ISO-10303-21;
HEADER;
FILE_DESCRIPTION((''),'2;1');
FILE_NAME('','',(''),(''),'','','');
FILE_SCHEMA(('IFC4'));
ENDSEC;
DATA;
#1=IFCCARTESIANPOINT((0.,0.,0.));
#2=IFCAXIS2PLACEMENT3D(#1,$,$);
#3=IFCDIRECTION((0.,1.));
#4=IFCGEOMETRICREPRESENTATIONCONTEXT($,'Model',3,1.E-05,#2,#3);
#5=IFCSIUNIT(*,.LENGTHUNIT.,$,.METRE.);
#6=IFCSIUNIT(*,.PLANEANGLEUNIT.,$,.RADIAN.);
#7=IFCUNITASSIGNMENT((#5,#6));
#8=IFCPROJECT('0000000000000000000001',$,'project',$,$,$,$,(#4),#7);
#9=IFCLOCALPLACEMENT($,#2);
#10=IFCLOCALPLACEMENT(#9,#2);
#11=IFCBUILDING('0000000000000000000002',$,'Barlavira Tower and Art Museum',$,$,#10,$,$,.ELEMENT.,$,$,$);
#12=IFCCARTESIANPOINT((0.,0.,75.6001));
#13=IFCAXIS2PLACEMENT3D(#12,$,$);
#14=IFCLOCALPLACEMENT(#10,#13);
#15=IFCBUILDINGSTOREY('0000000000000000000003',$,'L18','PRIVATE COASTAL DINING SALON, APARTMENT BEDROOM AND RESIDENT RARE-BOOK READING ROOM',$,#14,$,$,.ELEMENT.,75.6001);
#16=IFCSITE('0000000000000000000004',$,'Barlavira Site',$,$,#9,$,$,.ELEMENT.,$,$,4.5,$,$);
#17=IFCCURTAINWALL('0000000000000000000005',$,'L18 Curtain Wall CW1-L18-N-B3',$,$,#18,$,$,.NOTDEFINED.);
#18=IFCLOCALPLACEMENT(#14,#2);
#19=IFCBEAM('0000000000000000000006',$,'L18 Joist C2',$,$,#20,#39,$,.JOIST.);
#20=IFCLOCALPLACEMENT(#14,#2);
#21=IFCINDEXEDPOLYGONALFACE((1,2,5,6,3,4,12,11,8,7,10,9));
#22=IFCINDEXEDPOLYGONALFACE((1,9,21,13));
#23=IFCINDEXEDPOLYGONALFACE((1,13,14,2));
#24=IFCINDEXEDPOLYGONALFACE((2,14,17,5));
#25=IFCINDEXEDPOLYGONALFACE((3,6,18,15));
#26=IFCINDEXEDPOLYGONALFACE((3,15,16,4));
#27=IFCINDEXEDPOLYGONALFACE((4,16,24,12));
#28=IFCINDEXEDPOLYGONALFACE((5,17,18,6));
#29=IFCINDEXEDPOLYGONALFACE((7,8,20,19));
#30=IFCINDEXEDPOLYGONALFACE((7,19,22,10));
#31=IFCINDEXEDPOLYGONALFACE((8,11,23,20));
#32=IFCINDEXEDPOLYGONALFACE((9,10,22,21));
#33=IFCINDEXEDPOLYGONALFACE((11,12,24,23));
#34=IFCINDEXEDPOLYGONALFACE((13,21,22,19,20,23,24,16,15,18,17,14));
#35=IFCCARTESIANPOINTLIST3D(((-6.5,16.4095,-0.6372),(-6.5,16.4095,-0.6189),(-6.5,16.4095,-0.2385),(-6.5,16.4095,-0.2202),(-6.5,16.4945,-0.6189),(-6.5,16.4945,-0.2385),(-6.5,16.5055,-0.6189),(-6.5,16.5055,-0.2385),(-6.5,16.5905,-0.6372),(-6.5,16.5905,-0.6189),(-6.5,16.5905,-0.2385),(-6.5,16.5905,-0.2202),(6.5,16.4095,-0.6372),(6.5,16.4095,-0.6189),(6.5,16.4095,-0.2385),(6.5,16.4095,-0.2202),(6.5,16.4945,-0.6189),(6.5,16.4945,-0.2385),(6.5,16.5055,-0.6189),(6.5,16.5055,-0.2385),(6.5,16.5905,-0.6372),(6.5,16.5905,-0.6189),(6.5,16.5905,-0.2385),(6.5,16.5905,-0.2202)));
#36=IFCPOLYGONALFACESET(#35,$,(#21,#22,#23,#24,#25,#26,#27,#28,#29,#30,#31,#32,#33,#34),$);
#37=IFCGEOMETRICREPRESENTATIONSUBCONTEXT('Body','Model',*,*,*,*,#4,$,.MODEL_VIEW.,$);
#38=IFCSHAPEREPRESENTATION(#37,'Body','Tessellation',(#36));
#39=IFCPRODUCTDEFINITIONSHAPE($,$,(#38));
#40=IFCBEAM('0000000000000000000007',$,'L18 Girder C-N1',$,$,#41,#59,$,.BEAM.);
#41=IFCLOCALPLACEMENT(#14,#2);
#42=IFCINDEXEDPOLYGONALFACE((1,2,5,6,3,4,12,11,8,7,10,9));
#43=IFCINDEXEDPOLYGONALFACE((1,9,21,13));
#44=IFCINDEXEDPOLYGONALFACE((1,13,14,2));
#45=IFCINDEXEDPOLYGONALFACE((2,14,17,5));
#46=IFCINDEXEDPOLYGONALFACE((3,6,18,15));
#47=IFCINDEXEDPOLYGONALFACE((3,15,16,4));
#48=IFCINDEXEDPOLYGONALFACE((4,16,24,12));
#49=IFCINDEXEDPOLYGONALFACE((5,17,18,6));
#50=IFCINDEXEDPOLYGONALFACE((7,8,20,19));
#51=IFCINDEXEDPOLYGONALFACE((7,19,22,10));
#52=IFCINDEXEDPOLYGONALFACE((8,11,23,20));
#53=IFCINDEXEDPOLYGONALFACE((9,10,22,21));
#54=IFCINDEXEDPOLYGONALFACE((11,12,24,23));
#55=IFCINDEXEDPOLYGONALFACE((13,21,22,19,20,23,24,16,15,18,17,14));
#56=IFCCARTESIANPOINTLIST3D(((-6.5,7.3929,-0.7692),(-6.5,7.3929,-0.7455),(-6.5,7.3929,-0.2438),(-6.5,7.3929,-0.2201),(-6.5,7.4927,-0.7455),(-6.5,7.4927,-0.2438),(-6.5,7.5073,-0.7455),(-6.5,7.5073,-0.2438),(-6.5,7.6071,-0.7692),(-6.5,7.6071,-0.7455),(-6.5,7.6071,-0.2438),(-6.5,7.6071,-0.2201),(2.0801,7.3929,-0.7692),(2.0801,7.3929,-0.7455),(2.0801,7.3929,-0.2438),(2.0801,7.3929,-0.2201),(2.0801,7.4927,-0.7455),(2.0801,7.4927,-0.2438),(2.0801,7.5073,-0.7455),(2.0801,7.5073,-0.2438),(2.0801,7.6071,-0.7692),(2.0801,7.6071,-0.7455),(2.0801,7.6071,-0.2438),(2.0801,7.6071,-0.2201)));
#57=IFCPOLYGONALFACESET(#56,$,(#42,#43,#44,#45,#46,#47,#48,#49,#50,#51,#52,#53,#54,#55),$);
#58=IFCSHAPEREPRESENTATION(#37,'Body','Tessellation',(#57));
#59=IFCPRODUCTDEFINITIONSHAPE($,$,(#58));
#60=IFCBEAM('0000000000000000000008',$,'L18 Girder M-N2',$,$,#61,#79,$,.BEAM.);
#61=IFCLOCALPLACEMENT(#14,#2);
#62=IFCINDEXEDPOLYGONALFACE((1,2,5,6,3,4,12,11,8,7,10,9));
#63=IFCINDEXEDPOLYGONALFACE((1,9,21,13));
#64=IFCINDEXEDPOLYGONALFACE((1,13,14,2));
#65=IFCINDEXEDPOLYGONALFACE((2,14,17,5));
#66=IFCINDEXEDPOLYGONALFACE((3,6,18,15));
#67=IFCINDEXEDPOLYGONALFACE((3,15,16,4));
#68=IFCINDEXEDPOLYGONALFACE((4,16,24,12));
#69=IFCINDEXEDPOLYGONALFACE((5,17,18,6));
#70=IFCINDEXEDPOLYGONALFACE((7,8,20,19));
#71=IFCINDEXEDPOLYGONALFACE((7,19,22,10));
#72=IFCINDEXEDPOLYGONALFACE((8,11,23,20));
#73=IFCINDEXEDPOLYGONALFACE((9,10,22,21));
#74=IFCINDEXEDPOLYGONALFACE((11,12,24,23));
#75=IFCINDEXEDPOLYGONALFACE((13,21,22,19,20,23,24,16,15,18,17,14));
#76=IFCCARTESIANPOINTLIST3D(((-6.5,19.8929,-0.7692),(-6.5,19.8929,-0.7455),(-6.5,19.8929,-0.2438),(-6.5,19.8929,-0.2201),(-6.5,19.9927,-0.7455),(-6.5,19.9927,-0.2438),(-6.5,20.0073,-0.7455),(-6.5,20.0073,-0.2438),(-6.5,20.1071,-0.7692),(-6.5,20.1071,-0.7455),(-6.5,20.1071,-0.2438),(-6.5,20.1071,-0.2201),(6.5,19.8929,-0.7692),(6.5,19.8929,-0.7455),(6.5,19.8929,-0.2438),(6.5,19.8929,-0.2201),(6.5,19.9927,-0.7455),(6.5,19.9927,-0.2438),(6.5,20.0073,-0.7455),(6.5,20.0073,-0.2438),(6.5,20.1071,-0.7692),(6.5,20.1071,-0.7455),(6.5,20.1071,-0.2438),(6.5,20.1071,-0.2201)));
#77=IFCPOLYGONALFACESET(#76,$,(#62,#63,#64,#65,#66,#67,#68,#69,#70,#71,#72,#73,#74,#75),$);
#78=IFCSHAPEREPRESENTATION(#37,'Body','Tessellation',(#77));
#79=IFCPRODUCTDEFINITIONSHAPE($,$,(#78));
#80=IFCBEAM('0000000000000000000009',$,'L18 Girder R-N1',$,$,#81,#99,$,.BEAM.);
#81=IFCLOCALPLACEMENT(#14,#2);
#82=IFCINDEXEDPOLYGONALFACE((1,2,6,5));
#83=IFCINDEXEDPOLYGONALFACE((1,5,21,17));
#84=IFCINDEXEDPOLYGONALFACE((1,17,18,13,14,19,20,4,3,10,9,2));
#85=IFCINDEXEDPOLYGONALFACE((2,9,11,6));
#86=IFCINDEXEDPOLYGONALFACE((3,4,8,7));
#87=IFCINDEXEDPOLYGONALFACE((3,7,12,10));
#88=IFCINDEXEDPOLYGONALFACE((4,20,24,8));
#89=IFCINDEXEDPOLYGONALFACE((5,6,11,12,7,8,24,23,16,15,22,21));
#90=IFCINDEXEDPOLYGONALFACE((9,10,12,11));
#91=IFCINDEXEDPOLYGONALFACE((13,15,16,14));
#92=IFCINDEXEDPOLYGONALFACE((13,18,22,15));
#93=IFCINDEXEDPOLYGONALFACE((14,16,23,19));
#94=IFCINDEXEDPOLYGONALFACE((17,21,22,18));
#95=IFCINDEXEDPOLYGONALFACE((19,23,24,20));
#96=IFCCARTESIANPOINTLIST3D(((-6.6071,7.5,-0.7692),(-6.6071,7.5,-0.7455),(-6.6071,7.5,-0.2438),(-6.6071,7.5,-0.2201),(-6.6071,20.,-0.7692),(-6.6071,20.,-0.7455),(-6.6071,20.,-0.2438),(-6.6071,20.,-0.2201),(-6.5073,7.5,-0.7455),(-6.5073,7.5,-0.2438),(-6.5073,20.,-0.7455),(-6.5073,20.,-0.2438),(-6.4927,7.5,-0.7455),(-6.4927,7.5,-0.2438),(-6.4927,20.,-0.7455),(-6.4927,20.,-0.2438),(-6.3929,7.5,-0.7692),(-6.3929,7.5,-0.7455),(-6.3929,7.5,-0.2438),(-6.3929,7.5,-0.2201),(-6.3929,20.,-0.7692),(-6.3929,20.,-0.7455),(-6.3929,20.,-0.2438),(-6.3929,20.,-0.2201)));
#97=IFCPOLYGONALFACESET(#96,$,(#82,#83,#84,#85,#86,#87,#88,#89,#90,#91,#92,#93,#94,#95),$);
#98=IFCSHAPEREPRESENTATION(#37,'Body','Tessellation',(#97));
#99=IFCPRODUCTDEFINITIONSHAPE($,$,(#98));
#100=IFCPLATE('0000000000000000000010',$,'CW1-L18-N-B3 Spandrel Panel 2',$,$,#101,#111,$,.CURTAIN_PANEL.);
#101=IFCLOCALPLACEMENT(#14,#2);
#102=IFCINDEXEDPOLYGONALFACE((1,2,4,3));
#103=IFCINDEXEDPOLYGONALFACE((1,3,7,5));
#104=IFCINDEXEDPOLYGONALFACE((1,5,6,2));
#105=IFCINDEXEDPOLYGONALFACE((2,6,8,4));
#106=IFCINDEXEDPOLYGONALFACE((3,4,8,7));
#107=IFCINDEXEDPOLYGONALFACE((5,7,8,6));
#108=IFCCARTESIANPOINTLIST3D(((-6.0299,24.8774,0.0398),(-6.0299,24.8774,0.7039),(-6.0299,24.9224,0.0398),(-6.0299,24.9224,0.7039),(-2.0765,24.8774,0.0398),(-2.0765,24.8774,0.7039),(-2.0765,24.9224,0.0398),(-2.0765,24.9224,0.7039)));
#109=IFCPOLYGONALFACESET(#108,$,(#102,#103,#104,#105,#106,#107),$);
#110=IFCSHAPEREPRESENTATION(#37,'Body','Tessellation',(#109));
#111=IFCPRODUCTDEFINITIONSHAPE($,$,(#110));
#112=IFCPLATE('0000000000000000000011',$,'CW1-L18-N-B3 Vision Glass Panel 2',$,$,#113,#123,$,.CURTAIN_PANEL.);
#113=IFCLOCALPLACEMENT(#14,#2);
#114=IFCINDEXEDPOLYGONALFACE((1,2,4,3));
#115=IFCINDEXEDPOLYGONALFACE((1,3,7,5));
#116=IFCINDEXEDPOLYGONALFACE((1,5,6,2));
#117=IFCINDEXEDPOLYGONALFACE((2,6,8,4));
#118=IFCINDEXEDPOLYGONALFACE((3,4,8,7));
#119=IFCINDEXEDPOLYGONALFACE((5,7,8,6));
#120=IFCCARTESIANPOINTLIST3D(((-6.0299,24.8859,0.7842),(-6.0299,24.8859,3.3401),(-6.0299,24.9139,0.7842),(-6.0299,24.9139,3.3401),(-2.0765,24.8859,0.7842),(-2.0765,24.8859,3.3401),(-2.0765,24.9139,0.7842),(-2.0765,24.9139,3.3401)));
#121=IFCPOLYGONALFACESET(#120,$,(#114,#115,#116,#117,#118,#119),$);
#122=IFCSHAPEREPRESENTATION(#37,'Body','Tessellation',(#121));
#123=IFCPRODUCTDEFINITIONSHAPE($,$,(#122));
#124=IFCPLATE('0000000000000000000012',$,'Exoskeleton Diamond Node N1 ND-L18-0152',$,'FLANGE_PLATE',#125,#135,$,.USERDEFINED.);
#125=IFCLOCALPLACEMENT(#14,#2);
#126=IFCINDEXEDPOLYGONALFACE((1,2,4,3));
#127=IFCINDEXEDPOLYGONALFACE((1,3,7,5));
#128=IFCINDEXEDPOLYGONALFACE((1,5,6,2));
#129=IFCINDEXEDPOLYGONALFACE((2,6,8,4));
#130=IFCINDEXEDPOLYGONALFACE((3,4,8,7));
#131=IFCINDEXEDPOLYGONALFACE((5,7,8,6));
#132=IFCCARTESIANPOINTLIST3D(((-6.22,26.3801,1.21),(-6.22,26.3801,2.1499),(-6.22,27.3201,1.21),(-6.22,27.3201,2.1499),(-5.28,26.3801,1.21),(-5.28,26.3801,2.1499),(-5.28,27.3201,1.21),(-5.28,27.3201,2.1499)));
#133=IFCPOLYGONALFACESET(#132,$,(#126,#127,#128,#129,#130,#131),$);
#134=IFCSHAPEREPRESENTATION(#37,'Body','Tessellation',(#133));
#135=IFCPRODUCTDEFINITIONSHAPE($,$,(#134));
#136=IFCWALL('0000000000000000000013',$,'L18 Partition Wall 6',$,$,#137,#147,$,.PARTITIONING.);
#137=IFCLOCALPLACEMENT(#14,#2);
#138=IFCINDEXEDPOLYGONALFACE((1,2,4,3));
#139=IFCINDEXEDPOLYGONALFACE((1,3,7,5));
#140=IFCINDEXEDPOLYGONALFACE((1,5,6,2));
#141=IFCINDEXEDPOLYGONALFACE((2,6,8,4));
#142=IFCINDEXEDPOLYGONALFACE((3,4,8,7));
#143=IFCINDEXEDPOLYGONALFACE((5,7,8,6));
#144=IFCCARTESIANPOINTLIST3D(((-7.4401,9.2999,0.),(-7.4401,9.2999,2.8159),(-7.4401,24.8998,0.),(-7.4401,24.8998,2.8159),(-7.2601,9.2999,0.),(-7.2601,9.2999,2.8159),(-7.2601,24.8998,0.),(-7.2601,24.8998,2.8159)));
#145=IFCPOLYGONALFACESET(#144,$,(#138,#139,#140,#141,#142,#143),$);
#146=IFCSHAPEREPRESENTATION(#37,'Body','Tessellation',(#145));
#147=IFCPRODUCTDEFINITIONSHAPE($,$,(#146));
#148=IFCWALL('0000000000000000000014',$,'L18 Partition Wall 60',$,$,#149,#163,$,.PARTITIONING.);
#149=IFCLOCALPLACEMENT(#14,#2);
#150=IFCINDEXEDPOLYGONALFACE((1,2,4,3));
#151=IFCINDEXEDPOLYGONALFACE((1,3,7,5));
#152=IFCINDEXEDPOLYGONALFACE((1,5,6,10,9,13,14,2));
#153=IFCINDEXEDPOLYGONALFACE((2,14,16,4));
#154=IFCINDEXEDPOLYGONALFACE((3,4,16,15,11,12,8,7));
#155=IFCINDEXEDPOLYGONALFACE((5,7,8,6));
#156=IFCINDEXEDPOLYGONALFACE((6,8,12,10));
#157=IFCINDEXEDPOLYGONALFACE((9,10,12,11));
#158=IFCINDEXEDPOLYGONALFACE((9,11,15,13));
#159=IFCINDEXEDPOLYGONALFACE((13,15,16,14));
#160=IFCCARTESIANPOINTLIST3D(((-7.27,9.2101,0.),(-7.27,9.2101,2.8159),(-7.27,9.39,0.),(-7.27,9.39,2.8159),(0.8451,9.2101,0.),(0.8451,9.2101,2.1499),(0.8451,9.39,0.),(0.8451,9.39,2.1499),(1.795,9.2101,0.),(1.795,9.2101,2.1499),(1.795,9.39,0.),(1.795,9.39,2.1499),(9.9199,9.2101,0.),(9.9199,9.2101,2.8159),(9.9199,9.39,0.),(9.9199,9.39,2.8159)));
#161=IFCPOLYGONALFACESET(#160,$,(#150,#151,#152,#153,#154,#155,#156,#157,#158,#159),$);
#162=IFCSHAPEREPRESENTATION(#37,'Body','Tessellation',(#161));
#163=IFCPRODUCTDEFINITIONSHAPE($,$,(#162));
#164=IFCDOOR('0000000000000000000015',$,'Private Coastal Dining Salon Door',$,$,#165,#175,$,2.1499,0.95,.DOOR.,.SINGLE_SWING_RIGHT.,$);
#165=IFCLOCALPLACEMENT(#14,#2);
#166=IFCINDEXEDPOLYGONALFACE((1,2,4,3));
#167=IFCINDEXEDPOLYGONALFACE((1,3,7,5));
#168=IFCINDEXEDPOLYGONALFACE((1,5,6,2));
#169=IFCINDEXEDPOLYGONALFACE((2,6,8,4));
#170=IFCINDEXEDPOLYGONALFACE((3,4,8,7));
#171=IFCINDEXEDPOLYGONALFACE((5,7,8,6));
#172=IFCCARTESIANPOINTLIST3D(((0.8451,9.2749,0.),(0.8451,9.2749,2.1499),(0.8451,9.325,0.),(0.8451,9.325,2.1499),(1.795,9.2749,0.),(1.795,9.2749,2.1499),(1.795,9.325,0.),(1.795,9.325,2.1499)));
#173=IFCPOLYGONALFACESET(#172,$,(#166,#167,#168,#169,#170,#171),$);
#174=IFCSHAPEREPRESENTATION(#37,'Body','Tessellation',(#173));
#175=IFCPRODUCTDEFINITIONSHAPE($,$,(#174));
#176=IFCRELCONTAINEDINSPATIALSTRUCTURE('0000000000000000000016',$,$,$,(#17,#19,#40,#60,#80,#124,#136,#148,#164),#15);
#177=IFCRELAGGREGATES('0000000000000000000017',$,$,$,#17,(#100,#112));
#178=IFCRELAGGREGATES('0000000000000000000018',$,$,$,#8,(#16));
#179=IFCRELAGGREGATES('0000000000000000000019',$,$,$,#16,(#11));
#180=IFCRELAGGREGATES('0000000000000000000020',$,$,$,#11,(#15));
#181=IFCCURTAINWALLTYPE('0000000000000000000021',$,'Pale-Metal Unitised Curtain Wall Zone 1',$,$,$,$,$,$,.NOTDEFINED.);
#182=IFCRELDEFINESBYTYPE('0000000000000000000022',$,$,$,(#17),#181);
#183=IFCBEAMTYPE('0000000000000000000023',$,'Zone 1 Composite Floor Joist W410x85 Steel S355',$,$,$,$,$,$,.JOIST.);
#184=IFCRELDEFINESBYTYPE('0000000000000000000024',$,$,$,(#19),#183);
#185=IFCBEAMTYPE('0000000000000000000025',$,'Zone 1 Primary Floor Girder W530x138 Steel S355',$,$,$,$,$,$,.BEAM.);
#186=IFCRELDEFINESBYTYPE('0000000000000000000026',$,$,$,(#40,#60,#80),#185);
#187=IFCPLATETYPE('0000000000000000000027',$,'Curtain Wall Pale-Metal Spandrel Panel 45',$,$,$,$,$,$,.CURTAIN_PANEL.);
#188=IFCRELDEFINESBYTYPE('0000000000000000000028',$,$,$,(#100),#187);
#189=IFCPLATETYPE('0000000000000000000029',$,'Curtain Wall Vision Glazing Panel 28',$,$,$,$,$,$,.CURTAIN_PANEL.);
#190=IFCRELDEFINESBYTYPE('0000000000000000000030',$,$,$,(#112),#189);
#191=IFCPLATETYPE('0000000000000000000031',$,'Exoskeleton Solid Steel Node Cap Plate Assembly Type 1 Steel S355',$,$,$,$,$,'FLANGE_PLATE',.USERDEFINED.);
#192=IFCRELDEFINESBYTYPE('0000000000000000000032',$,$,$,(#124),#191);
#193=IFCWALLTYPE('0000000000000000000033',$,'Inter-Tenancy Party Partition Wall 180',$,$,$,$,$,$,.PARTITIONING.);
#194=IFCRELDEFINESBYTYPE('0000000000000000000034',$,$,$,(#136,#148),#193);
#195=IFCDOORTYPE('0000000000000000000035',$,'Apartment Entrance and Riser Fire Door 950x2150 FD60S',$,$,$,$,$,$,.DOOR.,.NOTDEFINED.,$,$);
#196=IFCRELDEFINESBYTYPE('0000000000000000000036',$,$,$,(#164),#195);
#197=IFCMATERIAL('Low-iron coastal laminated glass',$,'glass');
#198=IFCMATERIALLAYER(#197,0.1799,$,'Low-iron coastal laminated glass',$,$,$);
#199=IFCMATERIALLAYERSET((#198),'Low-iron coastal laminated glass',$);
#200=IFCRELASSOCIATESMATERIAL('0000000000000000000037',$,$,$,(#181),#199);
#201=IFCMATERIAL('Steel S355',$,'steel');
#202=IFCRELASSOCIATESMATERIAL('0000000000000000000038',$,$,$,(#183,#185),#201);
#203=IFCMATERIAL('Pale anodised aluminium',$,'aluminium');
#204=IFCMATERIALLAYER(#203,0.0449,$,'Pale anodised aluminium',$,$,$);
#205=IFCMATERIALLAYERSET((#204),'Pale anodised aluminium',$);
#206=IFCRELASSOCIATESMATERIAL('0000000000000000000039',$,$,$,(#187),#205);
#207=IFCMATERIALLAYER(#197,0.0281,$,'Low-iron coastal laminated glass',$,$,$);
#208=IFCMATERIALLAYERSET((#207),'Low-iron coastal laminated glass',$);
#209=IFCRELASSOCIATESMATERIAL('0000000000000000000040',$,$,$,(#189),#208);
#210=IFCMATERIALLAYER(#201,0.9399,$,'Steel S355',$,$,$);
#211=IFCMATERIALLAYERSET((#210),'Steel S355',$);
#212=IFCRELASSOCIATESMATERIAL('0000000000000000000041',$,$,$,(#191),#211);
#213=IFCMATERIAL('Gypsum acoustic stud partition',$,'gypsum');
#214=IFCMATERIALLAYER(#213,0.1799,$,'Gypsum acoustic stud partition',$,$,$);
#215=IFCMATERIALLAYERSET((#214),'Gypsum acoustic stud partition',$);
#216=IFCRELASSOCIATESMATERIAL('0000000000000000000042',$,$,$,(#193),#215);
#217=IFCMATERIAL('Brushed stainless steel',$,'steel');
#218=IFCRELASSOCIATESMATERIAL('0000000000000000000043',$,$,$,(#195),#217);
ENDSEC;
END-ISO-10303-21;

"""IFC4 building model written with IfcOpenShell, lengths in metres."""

from ifc_helpers import new_model, si_unit, direction, frame, frame_2d, origin, origin_2d, place, context, subcontext, project, spatial, rectangle, i_section, extrude, material, layer, layer_set, material_profile, profile_set, type_object, element, fill, aggregate, save


model = new_model("IFC4")

# Units and contexts
model_context = context("Model", 3, precision=1e-05, world=origin(), true_north=direction((0.0, 1.0)))
body_context = subcontext(model_context, "Body", "Model", "MODEL_VIEW")
ifc_project = project(units=[si_unit("LENGTHUNIT", "METRE"), si_unit("PLANEANGLEUNIT", "RADIAN")], contexts=[model_context])

# Site, building, storey
site_placement = place(None, origin())
site = spatial("IfcSite", under=ifc_project, at=site_placement, Name="Barlavira Site", CompositionType="ELEMENT", RefElevation=4.5)
building_placement = place(site_placement, origin())
building = spatial("IfcBuilding", under=site, at=building_placement, Name="Barlavira Tower and Art Museum", CompositionType="ELEMENT")
storey_placement = place(building_placement, frame((0.0, 0.0, 75.6001)))
storey = spatial("IfcBuildingStorey", under=building, at=storey_placement, Name="L18", Description="PRIVATE COASTAL DINING SALON, APARTMENT BEDROOM AND RESIDENT RARE-BOOK READING ROOM", CompositionType="ELEMENT", Elevation=75.6001)

# Shared definitions
ifc_material_1 = material(Name="Steel S355", Category="steel")

# Curtain wall
ifc_material_2 = material(Name="Low-iron coastal laminated glass", Category="glass")
ifc_layer_1 = layer(ifc_material_2, 0.1799, Name="Low-iron coastal laminated glass")
ifc_layer_set_1 = layer_set([ifc_layer_1], Name="Low-iron coastal laminated glass")
curtain_wall_type = type_object("IfcCurtainWallType", Name="Pale-Metal Unitised Curtain Wall Zone 1", PredefinedType="NOTDEFINED", material=ifc_layer_set_1)
curtain_wall_placement = place(storey_placement, origin())
curtain_wall = element("IfcCurtainWall", 1, at=curtain_wall_placement, inside=storey, type_object=curtain_wall_type, Name="L18 Curtain Wall CW1-L18-N-B3", PredefinedType="NOTDEFINED")
ifc_material_3 = material(Name="Pale anodised aluminium", Category="aluminium")

# Beams
ifc_material_profile_1 = material_profile(ifc_material_1, i_section(OverallWidth=0.1809, OverallDepth=0.417, WebThickness=0.011, FlangeThickness=0.0183, at=origin_2d()), Name="W410x85.0")
ifc_profile_set_1 = profile_set([ifc_material_profile_1], Name="Steel S355")
beam_type_1 = type_object("IfcBeamType", Name="Zone 1 Composite Floor Joist W410x85 Steel S355", PredefinedType="JOIST", material=ifc_profile_set_1)
beam_1_placement = place(storey_placement, frame((-6.5, 16.5, -0.4287), z_axis=(1.0, 0.0, 0.0), x_axis=(0.0, 1.0, 0.0)))
element("IfcBeam", 2, at=beam_1_placement, inside=storey, type_object=beam_type_1, Name="L18 Joist C2", PredefinedType="JOIST", context=body_context, shape_type="SweptSolid", body=[
    extrude(i_section(OverallWidth=0.1809, OverallDepth=0.417, WebThickness=0.011, FlangeThickness=0.0183, at=origin_2d()), origin(), (0.0, 0.0, 1.0), 13.0),
])
ifc_material_profile_2 = material_profile(ifc_material_1, i_section(OverallWidth=0.2141, OverallDepth=0.5491, WebThickness=0.0146, FlangeThickness=0.0237, at=origin_2d()), Name="W530x138.0")
ifc_profile_set_2 = profile_set([ifc_material_profile_2], Name="Steel S355")
beam_type_2 = type_object("IfcBeamType", Name="Zone 1 Primary Floor Girder W530x138 Steel S355", PredefinedType="BEAM", material=ifc_profile_set_2)
beam_2_placement = place(storey_placement, frame((-6.5, 7.5, -0.4946), z_axis=(1.0, 0.0, 0.0), x_axis=(0.0, 1.0, 0.0)))
element("IfcBeam", 3, at=beam_2_placement, inside=storey, type_object=beam_type_2, Name="L18 Girder C-N1", PredefinedType="BEAM", context=body_context, shape_type="SweptSolid", body=[
    extrude(i_section(OverallWidth=0.2141, OverallDepth=0.5491, WebThickness=0.0146, FlangeThickness=0.0237, at=origin_2d()), origin(), (0.0, 0.0, 1.0), 8.5801),
])
beam_3_placement = place(storey_placement, frame((-6.5, 20.0, -0.4946), z_axis=(1.0, 0.0, 0.0), x_axis=(0.0, 1.0, 0.0)))
element("IfcBeam", 4, at=beam_3_placement, inside=storey, type_object=beam_type_2, Name="L18 Girder M-N2", PredefinedType="BEAM", context=body_context, shape_type="SweptSolid", body=[
    extrude(i_section(OverallWidth=0.2141, OverallDepth=0.5491, WebThickness=0.0146, FlangeThickness=0.0237, at=origin_2d()), origin(), (0.0, 0.0, 1.0), 13.0),
])
beam_4_placement = place(storey_placement, frame((-6.5, 7.5, -0.4946), z_axis=(0.0, 1.0, 0.0), x_axis=(-1.0, 0.0, 0.0)))
element("IfcBeam", 5, at=beam_4_placement, inside=storey, type_object=beam_type_2, Name="L18 Girder R-N1", PredefinedType="BEAM", context=body_context, shape_type="SweptSolid", body=[
    extrude(i_section(OverallWidth=0.2141, OverallDepth=0.5491, WebThickness=0.0146, FlangeThickness=0.0237, at=origin_2d()), origin(), (0.0, 0.0, 1.0), 12.5),
])

# Plates
ifc_layer_2 = layer(ifc_material_3, 0.0449, Name="Pale anodised aluminium")
ifc_layer_set_2 = layer_set([ifc_layer_2], Name="Pale anodised aluminium")
plate_type_1 = type_object("IfcPlateType", Name="Curtain Wall Pale-Metal Spandrel Panel 45", PredefinedType="CURTAIN_PANEL", material=ifc_layer_set_2)
plate_1_placement = place(storey_placement, frame((-4.0532, 24.8999, 0.0398), z_axis=(0.0, 0.0, 1.0), x_axis=(-1.0, 0.0, 0.0)))
plate_1 = element("IfcPlate", 6, at=plate_1_placement, type_object=plate_type_1, Name="CW1-L18-N-B3 Spandrel Panel 2", PredefinedType="CURTAIN_PANEL", context=body_context, shape_type="SweptSolid", body=[
    extrude(rectangle(XDim=3.9534, YDim=0.0449, at=origin_2d()), origin(), (0.0, 0.0, 1.0), 0.6641),
])
ifc_layer_3 = layer(ifc_material_2, 0.0281, Name="Low-iron coastal laminated glass")
ifc_layer_set_3 = layer_set([ifc_layer_3], Name="Low-iron coastal laminated glass")
plate_type_2 = type_object("IfcPlateType", Name="Curtain Wall Vision Glazing Panel 28", PredefinedType="CURTAIN_PANEL", material=ifc_layer_set_3)
plate_2_placement = place(storey_placement, frame((-4.0532, 24.8999, 0.7842), z_axis=(0.0, 0.0, 1.0), x_axis=(-1.0, 0.0, 0.0)))
plate_2 = element("IfcPlate", 7, at=plate_2_placement, type_object=plate_type_2, Name="CW1-L18-N-B3 Vision Glass Panel 2", PredefinedType="CURTAIN_PANEL", context=body_context, shape_type="SweptSolid", body=[
    extrude(rectangle(XDim=3.9534, YDim=0.0281, at=origin_2d()), origin(), (0.0, 0.0, 1.0), 2.5559),
])
aggregate(curtain_wall, [plate_1, plate_2])
ifc_layer_4 = layer(ifc_material_1, 0.9399, Name="Steel S355")
ifc_layer_set_4 = layer_set([ifc_layer_4], Name="Steel S355")
plate_type_3 = type_object("IfcPlateType", Name="Exoskeleton Solid Steel Node Cap Plate Assembly Type 1 Steel S355", ElementType="FLANGE_PLATE", PredefinedType="USERDEFINED", material=ifc_layer_set_4)
plate_3_placement = place(storey_placement, frame((-5.75, 26.8501, 1.21), z_axis=(0.0, 0.0, 1.0), x_axis=(1.0, 0.0, 0.0)))
element("IfcPlate", 8, at=plate_3_placement, inside=storey, type_object=plate_type_3, Name="Exoskeleton Diamond Node N1 ND-L18-0152", ObjectType="FLANGE_PLATE", PredefinedType="USERDEFINED", context=body_context, shape_type="SweptSolid", body=[
    extrude(rectangle(XDim=0.9399, YDim=0.9399, at=origin_2d()), origin(), (0.0, 0.0, 1.0), 0.9399),
])

# Shared definitions
ifc_material_4 = material(Name="Brushed stainless steel", Category="steel")

# Wall
ifc_material_5 = material(Name="Gypsum acoustic stud partition", Category="gypsum")
ifc_layer_5 = layer(ifc_material_5, 0.1799, Name="Gypsum acoustic stud partition")
ifc_layer_set_5 = layer_set([ifc_layer_5], Name="Gypsum acoustic stud partition")
wall_type_1 = type_object("IfcWallType", Name="Inter-Tenancy Party Partition Wall 180", PredefinedType="PARTITIONING", material=ifc_layer_set_5)
wall_1_placement = place(storey_placement, frame((-7.3501, 9.3, 0.0), z_axis=(0.0, 0.0, 1.0), x_axis=(0.0, 1.0, 0.0)))
element("IfcWall", 9, at=wall_1_placement, inside=storey, type_object=wall_type_1, Name="L18 Partition Wall 6", PredefinedType="PARTITIONING", context=body_context, shape_type="SweptSolid", body=[
    extrude(rectangle(XDim=15.5999, YDim=0.1799, at=frame_2d((7.7998, 0.0))), origin(), (0.0, 0.0, 1.0), 2.8159),
])

# Wall, opening, door
wall_2_placement = place(storey_placement, frame((-7.27, 9.3, 0.0), z_axis=(0.0, 0.0, 1.0), x_axis=(1.0, 0.0, 0.0)))
wall_2 = element("IfcWall", 10, at=wall_2_placement, inside=storey, type_object=wall_type_1, Name="L18 Partition Wall 60", PredefinedType="PARTITIONING", context=body_context, shape_type="SweptSolid", body=[
    extrude(rectangle(XDim=17.1899, YDim=0.1799, at=frame_2d((8.595, 0.0))), origin(), (0.0, 0.0, 1.0), 2.8159),
])
opening_1_placement = place(wall_2_placement, frame((8.115, 0.0, 0.0)))
opening_1 = element("IfcOpeningElement", 11, at=opening_1_placement, cuts=wall_2, PredefinedType="OPENING", context=body_context, shape_type="SweptSolid", body=[
    extrude(rectangle(XDim=0.95, YDim=2.1499, at=frame_2d((0.4751, 1.075))), frame((0.0, 0.1001, 0.0), z_axis=(0.0, -1.0, 0.0), x_axis=(1.0, 0.0, 0.0)), (0.0, 0.0, 1.0), 0.2),
])
door_type_1 = type_object("IfcDoorType", Name="Apartment Entrance and Riser Fire Door 950x2150 FD60S", OperationType="NOTDEFINED", PredefinedType="DOOR", material=ifc_material_4)
door_1_placement = place(opening_1_placement, origin())
door_1 = element("IfcDoor", 12, at=door_1_placement, inside=storey, type_object=door_type_1, Name="Private Coastal Dining Salon Door", OperationType="SINGLE_SWING_RIGHT", OverallHeight=2.1499, OverallWidth=0.95, PredefinedType="DOOR", context=body_context, shape_type="SweptSolid", body=[
    extrude(rectangle(XDim=0.95, YDim=2.1499, at=frame_2d((0.4751, 1.075))), frame((0.0, 0.0249, 0.0), z_axis=(0.0, -1.0, 0.0), x_axis=(1.0, 0.0, 0.0)), (0.0, 0.0, 1.0), 0.05),
])
fill(opening_1, door_1)

save(model, "model.ifc")
